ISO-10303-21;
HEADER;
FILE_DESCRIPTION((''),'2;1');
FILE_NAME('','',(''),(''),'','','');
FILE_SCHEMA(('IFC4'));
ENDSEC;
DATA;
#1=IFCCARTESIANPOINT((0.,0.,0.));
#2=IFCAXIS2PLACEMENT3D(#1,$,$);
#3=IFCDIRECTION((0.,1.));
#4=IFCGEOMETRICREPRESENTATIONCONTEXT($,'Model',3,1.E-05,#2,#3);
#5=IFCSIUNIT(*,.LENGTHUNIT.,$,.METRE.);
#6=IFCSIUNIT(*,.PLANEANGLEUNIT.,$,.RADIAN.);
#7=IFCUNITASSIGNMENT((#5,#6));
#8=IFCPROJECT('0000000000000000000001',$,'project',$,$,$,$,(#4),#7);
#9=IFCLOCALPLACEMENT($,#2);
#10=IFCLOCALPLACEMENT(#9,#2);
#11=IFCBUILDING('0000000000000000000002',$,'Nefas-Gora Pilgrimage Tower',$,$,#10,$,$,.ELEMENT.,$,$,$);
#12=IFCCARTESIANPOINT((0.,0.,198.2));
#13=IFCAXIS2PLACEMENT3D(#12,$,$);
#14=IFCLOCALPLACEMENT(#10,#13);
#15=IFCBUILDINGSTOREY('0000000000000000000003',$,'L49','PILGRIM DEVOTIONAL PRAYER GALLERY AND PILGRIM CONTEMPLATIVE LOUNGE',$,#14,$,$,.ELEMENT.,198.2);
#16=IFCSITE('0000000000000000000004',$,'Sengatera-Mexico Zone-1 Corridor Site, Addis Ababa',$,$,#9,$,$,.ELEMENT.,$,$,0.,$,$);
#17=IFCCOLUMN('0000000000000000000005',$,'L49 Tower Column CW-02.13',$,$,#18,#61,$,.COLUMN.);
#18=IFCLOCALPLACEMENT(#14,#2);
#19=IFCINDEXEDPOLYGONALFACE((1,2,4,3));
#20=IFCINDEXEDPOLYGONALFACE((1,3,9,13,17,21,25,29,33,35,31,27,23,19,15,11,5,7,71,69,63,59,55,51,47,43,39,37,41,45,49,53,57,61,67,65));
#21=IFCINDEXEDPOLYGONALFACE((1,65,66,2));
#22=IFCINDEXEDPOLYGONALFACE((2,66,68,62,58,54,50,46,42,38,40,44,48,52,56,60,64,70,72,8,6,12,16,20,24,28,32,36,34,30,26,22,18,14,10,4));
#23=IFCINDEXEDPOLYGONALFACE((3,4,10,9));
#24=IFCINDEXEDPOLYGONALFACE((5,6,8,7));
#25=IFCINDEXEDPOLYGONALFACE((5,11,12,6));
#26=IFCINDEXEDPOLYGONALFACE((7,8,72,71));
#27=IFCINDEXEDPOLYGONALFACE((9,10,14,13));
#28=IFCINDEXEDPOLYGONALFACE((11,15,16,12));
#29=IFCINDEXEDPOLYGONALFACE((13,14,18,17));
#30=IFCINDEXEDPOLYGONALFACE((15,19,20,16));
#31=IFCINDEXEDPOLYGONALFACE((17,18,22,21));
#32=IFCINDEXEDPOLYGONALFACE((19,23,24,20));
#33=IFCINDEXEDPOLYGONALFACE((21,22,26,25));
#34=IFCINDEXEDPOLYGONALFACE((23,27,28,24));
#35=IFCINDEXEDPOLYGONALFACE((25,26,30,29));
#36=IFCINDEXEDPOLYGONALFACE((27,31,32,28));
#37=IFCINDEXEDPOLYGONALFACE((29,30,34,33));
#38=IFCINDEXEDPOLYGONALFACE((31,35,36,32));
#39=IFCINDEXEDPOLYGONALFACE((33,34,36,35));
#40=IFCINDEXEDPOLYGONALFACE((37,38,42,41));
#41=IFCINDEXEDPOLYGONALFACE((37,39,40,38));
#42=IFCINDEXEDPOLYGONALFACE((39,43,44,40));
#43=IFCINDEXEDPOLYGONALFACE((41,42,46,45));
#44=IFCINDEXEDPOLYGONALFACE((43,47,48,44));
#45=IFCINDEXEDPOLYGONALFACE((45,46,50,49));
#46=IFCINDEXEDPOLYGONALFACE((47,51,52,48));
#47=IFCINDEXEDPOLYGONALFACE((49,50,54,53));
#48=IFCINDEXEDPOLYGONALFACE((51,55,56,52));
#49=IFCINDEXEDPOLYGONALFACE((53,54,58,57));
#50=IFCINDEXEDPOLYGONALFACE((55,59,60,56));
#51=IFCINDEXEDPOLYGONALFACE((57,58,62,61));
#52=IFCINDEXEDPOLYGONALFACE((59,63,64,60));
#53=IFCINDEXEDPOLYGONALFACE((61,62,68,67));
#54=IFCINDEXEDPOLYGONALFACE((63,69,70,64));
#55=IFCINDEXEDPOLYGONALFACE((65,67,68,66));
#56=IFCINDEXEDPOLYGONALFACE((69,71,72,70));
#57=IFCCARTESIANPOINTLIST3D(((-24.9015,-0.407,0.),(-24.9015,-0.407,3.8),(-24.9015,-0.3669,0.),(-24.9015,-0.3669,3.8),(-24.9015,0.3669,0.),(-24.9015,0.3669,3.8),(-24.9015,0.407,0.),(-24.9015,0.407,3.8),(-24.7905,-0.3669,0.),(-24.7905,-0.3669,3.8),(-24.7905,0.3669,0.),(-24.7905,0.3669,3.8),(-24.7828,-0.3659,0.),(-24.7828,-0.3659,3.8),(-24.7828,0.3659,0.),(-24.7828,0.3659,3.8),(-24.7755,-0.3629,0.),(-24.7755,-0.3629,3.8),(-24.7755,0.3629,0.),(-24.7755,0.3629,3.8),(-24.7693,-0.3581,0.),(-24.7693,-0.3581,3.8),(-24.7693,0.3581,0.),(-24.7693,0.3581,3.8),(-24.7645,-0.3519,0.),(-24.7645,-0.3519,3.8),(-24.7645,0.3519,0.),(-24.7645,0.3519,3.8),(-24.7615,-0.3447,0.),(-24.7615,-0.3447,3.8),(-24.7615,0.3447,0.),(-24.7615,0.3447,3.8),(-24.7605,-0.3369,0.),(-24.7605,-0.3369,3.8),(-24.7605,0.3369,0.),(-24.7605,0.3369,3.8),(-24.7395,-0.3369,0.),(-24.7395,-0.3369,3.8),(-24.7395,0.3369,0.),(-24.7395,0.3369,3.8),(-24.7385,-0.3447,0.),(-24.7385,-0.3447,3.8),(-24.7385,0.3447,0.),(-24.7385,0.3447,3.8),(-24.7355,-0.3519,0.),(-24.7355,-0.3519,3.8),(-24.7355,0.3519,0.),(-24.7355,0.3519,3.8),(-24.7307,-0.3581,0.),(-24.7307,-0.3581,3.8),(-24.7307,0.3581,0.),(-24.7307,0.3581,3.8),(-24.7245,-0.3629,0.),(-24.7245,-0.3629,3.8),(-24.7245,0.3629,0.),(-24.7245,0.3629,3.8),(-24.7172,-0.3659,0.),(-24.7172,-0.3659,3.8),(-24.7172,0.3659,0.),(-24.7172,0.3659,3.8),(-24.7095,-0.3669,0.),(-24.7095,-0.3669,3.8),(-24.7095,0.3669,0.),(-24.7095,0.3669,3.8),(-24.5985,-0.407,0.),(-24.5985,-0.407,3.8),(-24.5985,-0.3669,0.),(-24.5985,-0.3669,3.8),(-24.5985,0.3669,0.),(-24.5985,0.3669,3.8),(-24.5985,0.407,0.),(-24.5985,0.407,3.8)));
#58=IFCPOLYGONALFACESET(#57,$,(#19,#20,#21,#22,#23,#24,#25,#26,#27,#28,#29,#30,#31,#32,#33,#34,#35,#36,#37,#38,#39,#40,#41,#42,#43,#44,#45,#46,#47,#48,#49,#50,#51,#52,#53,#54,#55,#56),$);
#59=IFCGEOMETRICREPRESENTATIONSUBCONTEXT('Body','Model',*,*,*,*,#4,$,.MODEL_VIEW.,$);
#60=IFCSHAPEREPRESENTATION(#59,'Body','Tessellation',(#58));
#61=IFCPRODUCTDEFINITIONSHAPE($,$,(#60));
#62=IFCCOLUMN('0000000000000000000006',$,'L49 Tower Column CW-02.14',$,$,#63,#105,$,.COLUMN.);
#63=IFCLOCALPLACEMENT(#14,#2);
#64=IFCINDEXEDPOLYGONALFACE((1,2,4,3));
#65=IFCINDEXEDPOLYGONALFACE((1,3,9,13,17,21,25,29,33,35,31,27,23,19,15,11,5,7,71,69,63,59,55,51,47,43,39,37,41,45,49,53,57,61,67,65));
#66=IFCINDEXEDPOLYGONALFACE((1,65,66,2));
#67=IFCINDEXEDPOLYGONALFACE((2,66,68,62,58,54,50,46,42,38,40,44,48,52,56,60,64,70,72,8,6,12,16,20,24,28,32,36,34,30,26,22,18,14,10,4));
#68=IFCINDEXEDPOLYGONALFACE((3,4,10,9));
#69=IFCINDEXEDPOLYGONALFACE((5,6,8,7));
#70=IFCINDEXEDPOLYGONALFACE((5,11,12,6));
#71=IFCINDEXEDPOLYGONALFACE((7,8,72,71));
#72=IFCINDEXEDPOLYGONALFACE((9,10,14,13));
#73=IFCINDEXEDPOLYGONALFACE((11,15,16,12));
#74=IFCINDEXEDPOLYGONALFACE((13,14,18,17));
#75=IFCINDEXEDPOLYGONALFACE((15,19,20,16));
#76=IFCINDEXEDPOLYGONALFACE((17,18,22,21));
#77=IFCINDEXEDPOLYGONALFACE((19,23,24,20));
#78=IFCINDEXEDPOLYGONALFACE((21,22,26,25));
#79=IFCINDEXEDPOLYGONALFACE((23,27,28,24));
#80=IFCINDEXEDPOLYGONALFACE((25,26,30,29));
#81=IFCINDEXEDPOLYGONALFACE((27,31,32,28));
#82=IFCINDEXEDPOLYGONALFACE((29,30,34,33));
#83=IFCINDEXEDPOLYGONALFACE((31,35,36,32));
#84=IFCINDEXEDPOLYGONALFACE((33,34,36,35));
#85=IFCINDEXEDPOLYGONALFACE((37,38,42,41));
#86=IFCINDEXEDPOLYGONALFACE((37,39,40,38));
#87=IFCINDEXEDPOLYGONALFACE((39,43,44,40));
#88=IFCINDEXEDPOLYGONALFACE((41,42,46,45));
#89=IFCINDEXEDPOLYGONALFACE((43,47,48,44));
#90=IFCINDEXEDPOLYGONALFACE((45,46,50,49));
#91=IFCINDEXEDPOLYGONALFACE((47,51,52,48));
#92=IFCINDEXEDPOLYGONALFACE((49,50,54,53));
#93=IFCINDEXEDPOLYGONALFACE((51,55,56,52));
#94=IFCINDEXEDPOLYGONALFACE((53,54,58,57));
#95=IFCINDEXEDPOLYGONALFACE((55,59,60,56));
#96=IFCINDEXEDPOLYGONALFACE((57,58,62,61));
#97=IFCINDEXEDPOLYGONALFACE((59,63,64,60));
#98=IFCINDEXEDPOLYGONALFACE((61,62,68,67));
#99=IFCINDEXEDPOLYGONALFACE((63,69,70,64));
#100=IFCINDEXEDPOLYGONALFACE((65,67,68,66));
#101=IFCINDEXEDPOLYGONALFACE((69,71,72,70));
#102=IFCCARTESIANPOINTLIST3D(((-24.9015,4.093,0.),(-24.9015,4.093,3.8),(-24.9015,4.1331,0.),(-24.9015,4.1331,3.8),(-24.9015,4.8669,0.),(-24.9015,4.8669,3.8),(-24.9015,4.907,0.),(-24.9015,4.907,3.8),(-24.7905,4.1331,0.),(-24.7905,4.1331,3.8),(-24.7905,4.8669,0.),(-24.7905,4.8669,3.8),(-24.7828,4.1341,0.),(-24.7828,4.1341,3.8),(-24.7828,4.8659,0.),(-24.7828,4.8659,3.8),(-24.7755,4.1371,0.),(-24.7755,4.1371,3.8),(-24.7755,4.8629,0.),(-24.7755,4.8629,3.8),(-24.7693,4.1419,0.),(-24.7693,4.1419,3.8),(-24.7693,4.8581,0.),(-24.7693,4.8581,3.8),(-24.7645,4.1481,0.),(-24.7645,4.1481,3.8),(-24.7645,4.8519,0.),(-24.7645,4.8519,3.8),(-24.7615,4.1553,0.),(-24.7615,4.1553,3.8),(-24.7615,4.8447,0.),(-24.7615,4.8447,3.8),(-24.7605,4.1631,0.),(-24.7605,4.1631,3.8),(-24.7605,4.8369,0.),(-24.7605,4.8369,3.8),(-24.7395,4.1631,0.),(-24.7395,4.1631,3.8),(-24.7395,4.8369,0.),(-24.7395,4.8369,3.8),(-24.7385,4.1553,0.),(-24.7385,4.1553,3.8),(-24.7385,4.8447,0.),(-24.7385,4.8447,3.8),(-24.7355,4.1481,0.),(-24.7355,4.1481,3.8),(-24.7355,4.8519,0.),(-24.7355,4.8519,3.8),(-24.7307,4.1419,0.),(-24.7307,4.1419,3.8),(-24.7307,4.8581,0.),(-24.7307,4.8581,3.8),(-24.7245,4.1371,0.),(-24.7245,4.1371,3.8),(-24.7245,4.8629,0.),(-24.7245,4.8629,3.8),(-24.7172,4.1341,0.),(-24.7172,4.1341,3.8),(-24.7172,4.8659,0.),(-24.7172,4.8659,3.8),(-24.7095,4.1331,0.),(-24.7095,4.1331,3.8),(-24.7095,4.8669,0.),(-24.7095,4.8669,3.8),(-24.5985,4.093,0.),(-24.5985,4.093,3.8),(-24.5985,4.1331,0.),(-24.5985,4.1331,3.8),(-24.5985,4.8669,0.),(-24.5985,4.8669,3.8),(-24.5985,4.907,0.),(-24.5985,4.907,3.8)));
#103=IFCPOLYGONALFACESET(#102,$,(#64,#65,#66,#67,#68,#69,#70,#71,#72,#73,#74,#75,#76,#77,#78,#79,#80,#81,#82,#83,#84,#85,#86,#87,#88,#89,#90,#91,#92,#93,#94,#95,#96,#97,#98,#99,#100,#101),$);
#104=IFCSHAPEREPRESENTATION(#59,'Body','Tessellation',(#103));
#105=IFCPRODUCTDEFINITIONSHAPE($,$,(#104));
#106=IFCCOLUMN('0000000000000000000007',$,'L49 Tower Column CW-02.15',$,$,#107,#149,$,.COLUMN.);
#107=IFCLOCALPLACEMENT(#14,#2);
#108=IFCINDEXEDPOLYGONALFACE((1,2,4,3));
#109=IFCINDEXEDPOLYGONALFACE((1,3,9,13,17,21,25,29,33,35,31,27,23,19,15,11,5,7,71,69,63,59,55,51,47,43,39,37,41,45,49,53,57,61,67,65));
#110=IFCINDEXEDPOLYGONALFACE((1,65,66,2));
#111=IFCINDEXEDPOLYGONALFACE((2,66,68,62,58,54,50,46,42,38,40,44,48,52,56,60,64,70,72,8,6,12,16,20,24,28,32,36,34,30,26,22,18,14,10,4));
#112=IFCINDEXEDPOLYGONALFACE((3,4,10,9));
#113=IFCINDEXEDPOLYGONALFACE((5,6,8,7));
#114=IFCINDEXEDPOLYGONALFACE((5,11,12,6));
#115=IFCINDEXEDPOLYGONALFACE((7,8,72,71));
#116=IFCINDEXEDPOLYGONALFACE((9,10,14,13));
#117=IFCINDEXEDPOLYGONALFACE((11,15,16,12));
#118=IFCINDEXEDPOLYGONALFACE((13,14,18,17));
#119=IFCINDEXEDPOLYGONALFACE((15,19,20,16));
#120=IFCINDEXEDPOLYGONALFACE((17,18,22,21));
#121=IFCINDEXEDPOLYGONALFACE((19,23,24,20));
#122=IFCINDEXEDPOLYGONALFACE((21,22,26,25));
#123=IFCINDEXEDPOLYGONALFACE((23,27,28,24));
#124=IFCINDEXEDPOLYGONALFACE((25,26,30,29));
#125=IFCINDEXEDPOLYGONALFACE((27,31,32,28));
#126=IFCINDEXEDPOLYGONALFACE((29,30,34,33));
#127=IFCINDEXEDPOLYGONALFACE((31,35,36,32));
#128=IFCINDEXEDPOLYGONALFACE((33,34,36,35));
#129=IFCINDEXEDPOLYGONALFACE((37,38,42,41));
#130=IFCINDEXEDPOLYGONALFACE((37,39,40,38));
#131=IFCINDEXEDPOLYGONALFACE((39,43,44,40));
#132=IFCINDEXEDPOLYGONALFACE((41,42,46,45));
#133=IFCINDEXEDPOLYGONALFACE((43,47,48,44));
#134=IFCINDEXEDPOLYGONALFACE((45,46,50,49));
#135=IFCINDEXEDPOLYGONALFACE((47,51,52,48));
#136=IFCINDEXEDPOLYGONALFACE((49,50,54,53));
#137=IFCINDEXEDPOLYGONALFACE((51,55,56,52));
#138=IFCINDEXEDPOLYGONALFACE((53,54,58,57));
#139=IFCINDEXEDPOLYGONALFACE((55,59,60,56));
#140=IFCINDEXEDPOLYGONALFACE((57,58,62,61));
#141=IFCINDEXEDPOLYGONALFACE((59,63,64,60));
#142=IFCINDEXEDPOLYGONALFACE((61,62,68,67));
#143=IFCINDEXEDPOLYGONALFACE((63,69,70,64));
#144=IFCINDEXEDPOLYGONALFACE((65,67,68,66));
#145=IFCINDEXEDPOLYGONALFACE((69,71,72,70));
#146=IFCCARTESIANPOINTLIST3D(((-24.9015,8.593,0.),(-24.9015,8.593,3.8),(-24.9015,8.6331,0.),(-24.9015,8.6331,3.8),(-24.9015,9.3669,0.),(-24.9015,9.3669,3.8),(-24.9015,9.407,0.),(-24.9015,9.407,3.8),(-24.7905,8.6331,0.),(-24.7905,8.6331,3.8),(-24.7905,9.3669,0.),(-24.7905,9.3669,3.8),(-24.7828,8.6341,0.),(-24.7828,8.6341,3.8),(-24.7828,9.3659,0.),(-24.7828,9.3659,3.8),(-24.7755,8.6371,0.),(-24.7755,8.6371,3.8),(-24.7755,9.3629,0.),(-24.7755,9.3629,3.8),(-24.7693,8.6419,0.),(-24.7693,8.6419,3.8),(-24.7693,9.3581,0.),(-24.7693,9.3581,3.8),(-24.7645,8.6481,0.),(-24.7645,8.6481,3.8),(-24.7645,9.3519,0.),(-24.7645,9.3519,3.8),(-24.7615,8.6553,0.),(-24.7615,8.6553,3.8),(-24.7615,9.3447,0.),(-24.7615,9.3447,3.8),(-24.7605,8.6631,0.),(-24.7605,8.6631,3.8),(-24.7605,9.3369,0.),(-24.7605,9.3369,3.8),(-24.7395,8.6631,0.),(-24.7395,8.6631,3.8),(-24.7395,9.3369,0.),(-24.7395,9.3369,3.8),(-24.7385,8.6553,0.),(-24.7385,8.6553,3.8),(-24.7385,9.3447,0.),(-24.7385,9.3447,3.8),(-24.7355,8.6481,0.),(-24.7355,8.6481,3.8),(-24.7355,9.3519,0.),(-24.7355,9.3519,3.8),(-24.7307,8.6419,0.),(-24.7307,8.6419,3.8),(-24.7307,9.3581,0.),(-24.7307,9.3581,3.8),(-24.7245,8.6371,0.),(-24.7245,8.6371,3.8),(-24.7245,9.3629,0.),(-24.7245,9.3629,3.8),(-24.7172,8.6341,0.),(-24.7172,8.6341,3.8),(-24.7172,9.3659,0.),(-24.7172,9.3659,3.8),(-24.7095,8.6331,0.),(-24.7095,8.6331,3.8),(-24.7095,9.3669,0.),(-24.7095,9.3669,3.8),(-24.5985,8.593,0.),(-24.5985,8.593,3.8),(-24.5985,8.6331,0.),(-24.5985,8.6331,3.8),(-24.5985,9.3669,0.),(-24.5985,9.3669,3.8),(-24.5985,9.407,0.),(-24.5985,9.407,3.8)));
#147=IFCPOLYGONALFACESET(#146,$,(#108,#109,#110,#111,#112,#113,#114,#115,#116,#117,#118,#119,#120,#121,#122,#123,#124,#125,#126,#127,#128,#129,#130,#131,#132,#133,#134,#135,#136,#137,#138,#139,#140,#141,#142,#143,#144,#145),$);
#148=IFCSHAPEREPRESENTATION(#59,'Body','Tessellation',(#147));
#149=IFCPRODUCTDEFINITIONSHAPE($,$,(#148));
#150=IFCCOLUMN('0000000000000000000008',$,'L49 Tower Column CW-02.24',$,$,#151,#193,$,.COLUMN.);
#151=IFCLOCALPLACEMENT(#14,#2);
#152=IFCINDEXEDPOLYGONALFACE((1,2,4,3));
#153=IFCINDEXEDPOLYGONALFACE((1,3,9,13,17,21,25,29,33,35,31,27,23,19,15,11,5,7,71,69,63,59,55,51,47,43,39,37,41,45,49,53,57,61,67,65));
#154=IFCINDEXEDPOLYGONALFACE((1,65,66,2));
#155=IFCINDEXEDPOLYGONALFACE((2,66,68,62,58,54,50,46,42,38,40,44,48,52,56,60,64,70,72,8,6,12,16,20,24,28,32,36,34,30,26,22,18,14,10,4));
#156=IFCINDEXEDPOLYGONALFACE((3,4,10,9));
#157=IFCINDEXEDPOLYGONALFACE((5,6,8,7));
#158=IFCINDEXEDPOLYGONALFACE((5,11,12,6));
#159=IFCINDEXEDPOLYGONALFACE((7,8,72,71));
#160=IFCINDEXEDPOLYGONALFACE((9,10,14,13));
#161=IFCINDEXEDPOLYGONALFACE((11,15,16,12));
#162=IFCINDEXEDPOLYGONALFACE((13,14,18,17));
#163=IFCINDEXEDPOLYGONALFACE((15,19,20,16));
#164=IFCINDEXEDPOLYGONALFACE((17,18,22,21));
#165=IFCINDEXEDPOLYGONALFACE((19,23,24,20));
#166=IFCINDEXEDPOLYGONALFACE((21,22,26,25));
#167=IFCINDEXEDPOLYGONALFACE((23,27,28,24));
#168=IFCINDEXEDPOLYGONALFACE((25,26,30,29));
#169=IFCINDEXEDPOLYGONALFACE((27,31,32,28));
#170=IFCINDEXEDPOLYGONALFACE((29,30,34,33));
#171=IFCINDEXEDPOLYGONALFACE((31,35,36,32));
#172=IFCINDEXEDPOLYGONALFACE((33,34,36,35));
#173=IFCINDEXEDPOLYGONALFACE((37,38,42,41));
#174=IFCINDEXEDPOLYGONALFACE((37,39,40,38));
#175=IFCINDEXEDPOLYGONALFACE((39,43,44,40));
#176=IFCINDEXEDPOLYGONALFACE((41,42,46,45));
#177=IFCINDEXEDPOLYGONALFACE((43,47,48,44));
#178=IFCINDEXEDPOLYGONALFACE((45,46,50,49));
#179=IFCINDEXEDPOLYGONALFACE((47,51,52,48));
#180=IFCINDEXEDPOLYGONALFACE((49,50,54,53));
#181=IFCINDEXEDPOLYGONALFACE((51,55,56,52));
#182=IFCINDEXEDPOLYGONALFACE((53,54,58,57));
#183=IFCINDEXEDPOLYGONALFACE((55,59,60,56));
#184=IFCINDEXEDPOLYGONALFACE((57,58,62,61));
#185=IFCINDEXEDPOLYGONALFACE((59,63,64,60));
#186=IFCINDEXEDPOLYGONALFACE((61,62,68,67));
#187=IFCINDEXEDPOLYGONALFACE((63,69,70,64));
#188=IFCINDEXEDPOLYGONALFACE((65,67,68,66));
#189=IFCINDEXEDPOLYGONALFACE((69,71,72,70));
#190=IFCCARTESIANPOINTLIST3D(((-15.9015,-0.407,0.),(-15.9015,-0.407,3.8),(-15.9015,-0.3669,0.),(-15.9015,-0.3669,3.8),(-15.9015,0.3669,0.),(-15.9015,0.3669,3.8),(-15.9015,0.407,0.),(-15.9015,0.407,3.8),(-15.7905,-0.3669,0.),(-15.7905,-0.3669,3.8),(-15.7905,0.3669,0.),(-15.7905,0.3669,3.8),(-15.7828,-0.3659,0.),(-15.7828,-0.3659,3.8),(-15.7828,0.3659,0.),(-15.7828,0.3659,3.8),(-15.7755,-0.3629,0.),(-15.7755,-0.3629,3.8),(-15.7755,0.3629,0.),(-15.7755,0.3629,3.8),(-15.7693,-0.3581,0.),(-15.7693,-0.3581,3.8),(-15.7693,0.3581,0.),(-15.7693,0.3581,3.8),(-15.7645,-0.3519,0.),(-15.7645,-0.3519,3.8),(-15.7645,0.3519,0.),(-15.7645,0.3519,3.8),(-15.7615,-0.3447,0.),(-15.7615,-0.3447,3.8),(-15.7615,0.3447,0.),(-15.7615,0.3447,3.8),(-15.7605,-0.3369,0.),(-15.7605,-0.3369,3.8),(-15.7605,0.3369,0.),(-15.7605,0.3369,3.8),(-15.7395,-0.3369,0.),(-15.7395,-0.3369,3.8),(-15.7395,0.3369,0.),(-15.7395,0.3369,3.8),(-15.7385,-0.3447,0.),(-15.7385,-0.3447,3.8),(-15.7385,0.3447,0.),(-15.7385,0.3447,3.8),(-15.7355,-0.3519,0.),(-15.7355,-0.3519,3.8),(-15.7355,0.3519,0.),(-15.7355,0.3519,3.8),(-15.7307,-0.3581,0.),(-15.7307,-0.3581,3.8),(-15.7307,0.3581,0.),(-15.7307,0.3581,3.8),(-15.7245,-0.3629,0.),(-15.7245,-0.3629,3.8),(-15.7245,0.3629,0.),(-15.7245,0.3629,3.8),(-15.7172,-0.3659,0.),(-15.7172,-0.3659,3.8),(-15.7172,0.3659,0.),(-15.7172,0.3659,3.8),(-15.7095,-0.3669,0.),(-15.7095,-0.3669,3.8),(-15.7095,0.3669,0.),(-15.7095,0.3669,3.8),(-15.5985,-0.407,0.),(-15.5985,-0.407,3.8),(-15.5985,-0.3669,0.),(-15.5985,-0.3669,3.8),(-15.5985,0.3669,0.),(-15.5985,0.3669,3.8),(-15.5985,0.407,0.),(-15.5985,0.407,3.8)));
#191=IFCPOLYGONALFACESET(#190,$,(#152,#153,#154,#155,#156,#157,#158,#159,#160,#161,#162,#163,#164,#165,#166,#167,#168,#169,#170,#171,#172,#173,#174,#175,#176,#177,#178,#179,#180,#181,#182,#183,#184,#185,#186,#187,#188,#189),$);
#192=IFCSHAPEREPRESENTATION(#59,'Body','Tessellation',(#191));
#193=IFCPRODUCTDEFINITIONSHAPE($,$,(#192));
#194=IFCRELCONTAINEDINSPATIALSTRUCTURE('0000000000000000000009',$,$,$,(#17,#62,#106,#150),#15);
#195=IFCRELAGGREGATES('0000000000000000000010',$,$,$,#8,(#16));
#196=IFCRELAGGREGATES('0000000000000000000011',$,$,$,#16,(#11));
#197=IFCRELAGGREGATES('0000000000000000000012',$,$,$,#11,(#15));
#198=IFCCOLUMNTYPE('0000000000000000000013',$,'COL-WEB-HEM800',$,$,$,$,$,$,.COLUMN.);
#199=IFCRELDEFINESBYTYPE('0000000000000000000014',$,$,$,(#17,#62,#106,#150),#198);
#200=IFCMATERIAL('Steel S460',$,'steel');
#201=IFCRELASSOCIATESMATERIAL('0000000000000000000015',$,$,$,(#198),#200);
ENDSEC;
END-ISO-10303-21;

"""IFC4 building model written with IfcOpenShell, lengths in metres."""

from ifc_helpers import new_model, si_unit, direction, frame, origin, origin_2d, place, context, subcontext, project, spatial, i_section, extrude, source, transform, mapped, material, material_profile, profile_set, type_object, element, save


model = new_model("IFC4")

# Units and contexts
model_context = context("Model", 3, precision=1e-05, world=origin(), true_north=direction((0.0, 1.0)))
body_context = subcontext(model_context, "Body", "Model", "MODEL_VIEW")
ifc_project = project(units=[si_unit("LENGTHUNIT", "METRE"), si_unit("PLANEANGLEUNIT", "RADIAN")], contexts=[model_context])

# Site, building, storey
site_placement = place(None, origin())
site = spatial("IfcSite", under=ifc_project, at=site_placement, Name="Sengatera-Mexico Zone-1 Corridor Site, Addis Ababa", CompositionType="ELEMENT", RefElevation=0.0)
building_placement = place(site_placement, origin())
building = spatial("IfcBuilding", under=site, at=building_placement, Name="Nefas-Gora Pilgrimage Tower", CompositionType="ELEMENT")
storey_placement = place(building_placement, frame((0.0, 0.0, 198.2)))
storey = spatial("IfcBuildingStorey", under=building, at=storey_placement, Name="L49", Description="PILGRIM DEVOTIONAL PRAYER GALLERY AND PILGRIM CONTEMPLATIVE LOUNGE", CompositionType="ELEMENT", Elevation=198.2)

# Columns
ifc_material_1 = material(Name="Steel S460", Category="steel")
ifc_material_profile_1 = material_profile(ifc_material_1, i_section(OverallWidth=0.303, OverallDepth=0.814, WebThickness=0.021, FlangeThickness=0.04, FilletRadius=0.03, at=origin_2d()), Name="HEM 800")
ifc_profile_set_1 = profile_set([ifc_material_profile_1], Name="Steel S460")
column_type_1 = type_object("IfcColumnType", Name="COL-WEB-HEM800", PredefinedType="COLUMN", material=ifc_profile_set_1)
shared_shape_1 = source(origin(), body_context, "Body", "SweptSolid", [
    extrude(i_section(OverallWidth=0.303, OverallDepth=0.814, WebThickness=0.021, FlangeThickness=0.04, FilletRadius=0.03, at=origin_2d()), origin(), (0.0, 0.0, 1.0), 3.8),
])
for number, where, z_axis, x_axis, name in (
    (1, (-24.75, 0.0, 0.0), (0.0, 0.0, 1.0), (1.0, 0.0, 0.0), "L49 Tower Column CW-02.13"),
    (2, (-24.75, 4.5, 0.0), (0.0, 0.0, 1.0), (1.0, 0.0, 0.0), "L49 Tower Column CW-02.14"),
    (3, (-24.75, 9.0, 0.0), (0.0, 0.0, 1.0), (1.0, 0.0, 0.0), "L49 Tower Column CW-02.15"),
    (4, (-15.75, 0.0, 0.0), (0.0, 0.0, 1.0), (1.0, 0.0, 0.0), "L49 Tower Column CW-02.24"),
):
    element("IfcColumn", number, at=place(storey_placement, frame(where, z_axis=z_axis, x_axis=x_axis)), inside=storey, type_object=column_type_1, Name=name, PredefinedType="COLUMN", context=body_context, shape_type="MappedRepresentation", body=[
        mapped(shared_shape_1, transform((0.0, 0.0, 0.0), x_axis=(1.0, 0.0, 0.0), y_axis=(0.0, 1.0, 0.0), z_axis=(0.0, 0.0, 1.0), scale=1.0)),
    ])

save(model, "model.ifc")
